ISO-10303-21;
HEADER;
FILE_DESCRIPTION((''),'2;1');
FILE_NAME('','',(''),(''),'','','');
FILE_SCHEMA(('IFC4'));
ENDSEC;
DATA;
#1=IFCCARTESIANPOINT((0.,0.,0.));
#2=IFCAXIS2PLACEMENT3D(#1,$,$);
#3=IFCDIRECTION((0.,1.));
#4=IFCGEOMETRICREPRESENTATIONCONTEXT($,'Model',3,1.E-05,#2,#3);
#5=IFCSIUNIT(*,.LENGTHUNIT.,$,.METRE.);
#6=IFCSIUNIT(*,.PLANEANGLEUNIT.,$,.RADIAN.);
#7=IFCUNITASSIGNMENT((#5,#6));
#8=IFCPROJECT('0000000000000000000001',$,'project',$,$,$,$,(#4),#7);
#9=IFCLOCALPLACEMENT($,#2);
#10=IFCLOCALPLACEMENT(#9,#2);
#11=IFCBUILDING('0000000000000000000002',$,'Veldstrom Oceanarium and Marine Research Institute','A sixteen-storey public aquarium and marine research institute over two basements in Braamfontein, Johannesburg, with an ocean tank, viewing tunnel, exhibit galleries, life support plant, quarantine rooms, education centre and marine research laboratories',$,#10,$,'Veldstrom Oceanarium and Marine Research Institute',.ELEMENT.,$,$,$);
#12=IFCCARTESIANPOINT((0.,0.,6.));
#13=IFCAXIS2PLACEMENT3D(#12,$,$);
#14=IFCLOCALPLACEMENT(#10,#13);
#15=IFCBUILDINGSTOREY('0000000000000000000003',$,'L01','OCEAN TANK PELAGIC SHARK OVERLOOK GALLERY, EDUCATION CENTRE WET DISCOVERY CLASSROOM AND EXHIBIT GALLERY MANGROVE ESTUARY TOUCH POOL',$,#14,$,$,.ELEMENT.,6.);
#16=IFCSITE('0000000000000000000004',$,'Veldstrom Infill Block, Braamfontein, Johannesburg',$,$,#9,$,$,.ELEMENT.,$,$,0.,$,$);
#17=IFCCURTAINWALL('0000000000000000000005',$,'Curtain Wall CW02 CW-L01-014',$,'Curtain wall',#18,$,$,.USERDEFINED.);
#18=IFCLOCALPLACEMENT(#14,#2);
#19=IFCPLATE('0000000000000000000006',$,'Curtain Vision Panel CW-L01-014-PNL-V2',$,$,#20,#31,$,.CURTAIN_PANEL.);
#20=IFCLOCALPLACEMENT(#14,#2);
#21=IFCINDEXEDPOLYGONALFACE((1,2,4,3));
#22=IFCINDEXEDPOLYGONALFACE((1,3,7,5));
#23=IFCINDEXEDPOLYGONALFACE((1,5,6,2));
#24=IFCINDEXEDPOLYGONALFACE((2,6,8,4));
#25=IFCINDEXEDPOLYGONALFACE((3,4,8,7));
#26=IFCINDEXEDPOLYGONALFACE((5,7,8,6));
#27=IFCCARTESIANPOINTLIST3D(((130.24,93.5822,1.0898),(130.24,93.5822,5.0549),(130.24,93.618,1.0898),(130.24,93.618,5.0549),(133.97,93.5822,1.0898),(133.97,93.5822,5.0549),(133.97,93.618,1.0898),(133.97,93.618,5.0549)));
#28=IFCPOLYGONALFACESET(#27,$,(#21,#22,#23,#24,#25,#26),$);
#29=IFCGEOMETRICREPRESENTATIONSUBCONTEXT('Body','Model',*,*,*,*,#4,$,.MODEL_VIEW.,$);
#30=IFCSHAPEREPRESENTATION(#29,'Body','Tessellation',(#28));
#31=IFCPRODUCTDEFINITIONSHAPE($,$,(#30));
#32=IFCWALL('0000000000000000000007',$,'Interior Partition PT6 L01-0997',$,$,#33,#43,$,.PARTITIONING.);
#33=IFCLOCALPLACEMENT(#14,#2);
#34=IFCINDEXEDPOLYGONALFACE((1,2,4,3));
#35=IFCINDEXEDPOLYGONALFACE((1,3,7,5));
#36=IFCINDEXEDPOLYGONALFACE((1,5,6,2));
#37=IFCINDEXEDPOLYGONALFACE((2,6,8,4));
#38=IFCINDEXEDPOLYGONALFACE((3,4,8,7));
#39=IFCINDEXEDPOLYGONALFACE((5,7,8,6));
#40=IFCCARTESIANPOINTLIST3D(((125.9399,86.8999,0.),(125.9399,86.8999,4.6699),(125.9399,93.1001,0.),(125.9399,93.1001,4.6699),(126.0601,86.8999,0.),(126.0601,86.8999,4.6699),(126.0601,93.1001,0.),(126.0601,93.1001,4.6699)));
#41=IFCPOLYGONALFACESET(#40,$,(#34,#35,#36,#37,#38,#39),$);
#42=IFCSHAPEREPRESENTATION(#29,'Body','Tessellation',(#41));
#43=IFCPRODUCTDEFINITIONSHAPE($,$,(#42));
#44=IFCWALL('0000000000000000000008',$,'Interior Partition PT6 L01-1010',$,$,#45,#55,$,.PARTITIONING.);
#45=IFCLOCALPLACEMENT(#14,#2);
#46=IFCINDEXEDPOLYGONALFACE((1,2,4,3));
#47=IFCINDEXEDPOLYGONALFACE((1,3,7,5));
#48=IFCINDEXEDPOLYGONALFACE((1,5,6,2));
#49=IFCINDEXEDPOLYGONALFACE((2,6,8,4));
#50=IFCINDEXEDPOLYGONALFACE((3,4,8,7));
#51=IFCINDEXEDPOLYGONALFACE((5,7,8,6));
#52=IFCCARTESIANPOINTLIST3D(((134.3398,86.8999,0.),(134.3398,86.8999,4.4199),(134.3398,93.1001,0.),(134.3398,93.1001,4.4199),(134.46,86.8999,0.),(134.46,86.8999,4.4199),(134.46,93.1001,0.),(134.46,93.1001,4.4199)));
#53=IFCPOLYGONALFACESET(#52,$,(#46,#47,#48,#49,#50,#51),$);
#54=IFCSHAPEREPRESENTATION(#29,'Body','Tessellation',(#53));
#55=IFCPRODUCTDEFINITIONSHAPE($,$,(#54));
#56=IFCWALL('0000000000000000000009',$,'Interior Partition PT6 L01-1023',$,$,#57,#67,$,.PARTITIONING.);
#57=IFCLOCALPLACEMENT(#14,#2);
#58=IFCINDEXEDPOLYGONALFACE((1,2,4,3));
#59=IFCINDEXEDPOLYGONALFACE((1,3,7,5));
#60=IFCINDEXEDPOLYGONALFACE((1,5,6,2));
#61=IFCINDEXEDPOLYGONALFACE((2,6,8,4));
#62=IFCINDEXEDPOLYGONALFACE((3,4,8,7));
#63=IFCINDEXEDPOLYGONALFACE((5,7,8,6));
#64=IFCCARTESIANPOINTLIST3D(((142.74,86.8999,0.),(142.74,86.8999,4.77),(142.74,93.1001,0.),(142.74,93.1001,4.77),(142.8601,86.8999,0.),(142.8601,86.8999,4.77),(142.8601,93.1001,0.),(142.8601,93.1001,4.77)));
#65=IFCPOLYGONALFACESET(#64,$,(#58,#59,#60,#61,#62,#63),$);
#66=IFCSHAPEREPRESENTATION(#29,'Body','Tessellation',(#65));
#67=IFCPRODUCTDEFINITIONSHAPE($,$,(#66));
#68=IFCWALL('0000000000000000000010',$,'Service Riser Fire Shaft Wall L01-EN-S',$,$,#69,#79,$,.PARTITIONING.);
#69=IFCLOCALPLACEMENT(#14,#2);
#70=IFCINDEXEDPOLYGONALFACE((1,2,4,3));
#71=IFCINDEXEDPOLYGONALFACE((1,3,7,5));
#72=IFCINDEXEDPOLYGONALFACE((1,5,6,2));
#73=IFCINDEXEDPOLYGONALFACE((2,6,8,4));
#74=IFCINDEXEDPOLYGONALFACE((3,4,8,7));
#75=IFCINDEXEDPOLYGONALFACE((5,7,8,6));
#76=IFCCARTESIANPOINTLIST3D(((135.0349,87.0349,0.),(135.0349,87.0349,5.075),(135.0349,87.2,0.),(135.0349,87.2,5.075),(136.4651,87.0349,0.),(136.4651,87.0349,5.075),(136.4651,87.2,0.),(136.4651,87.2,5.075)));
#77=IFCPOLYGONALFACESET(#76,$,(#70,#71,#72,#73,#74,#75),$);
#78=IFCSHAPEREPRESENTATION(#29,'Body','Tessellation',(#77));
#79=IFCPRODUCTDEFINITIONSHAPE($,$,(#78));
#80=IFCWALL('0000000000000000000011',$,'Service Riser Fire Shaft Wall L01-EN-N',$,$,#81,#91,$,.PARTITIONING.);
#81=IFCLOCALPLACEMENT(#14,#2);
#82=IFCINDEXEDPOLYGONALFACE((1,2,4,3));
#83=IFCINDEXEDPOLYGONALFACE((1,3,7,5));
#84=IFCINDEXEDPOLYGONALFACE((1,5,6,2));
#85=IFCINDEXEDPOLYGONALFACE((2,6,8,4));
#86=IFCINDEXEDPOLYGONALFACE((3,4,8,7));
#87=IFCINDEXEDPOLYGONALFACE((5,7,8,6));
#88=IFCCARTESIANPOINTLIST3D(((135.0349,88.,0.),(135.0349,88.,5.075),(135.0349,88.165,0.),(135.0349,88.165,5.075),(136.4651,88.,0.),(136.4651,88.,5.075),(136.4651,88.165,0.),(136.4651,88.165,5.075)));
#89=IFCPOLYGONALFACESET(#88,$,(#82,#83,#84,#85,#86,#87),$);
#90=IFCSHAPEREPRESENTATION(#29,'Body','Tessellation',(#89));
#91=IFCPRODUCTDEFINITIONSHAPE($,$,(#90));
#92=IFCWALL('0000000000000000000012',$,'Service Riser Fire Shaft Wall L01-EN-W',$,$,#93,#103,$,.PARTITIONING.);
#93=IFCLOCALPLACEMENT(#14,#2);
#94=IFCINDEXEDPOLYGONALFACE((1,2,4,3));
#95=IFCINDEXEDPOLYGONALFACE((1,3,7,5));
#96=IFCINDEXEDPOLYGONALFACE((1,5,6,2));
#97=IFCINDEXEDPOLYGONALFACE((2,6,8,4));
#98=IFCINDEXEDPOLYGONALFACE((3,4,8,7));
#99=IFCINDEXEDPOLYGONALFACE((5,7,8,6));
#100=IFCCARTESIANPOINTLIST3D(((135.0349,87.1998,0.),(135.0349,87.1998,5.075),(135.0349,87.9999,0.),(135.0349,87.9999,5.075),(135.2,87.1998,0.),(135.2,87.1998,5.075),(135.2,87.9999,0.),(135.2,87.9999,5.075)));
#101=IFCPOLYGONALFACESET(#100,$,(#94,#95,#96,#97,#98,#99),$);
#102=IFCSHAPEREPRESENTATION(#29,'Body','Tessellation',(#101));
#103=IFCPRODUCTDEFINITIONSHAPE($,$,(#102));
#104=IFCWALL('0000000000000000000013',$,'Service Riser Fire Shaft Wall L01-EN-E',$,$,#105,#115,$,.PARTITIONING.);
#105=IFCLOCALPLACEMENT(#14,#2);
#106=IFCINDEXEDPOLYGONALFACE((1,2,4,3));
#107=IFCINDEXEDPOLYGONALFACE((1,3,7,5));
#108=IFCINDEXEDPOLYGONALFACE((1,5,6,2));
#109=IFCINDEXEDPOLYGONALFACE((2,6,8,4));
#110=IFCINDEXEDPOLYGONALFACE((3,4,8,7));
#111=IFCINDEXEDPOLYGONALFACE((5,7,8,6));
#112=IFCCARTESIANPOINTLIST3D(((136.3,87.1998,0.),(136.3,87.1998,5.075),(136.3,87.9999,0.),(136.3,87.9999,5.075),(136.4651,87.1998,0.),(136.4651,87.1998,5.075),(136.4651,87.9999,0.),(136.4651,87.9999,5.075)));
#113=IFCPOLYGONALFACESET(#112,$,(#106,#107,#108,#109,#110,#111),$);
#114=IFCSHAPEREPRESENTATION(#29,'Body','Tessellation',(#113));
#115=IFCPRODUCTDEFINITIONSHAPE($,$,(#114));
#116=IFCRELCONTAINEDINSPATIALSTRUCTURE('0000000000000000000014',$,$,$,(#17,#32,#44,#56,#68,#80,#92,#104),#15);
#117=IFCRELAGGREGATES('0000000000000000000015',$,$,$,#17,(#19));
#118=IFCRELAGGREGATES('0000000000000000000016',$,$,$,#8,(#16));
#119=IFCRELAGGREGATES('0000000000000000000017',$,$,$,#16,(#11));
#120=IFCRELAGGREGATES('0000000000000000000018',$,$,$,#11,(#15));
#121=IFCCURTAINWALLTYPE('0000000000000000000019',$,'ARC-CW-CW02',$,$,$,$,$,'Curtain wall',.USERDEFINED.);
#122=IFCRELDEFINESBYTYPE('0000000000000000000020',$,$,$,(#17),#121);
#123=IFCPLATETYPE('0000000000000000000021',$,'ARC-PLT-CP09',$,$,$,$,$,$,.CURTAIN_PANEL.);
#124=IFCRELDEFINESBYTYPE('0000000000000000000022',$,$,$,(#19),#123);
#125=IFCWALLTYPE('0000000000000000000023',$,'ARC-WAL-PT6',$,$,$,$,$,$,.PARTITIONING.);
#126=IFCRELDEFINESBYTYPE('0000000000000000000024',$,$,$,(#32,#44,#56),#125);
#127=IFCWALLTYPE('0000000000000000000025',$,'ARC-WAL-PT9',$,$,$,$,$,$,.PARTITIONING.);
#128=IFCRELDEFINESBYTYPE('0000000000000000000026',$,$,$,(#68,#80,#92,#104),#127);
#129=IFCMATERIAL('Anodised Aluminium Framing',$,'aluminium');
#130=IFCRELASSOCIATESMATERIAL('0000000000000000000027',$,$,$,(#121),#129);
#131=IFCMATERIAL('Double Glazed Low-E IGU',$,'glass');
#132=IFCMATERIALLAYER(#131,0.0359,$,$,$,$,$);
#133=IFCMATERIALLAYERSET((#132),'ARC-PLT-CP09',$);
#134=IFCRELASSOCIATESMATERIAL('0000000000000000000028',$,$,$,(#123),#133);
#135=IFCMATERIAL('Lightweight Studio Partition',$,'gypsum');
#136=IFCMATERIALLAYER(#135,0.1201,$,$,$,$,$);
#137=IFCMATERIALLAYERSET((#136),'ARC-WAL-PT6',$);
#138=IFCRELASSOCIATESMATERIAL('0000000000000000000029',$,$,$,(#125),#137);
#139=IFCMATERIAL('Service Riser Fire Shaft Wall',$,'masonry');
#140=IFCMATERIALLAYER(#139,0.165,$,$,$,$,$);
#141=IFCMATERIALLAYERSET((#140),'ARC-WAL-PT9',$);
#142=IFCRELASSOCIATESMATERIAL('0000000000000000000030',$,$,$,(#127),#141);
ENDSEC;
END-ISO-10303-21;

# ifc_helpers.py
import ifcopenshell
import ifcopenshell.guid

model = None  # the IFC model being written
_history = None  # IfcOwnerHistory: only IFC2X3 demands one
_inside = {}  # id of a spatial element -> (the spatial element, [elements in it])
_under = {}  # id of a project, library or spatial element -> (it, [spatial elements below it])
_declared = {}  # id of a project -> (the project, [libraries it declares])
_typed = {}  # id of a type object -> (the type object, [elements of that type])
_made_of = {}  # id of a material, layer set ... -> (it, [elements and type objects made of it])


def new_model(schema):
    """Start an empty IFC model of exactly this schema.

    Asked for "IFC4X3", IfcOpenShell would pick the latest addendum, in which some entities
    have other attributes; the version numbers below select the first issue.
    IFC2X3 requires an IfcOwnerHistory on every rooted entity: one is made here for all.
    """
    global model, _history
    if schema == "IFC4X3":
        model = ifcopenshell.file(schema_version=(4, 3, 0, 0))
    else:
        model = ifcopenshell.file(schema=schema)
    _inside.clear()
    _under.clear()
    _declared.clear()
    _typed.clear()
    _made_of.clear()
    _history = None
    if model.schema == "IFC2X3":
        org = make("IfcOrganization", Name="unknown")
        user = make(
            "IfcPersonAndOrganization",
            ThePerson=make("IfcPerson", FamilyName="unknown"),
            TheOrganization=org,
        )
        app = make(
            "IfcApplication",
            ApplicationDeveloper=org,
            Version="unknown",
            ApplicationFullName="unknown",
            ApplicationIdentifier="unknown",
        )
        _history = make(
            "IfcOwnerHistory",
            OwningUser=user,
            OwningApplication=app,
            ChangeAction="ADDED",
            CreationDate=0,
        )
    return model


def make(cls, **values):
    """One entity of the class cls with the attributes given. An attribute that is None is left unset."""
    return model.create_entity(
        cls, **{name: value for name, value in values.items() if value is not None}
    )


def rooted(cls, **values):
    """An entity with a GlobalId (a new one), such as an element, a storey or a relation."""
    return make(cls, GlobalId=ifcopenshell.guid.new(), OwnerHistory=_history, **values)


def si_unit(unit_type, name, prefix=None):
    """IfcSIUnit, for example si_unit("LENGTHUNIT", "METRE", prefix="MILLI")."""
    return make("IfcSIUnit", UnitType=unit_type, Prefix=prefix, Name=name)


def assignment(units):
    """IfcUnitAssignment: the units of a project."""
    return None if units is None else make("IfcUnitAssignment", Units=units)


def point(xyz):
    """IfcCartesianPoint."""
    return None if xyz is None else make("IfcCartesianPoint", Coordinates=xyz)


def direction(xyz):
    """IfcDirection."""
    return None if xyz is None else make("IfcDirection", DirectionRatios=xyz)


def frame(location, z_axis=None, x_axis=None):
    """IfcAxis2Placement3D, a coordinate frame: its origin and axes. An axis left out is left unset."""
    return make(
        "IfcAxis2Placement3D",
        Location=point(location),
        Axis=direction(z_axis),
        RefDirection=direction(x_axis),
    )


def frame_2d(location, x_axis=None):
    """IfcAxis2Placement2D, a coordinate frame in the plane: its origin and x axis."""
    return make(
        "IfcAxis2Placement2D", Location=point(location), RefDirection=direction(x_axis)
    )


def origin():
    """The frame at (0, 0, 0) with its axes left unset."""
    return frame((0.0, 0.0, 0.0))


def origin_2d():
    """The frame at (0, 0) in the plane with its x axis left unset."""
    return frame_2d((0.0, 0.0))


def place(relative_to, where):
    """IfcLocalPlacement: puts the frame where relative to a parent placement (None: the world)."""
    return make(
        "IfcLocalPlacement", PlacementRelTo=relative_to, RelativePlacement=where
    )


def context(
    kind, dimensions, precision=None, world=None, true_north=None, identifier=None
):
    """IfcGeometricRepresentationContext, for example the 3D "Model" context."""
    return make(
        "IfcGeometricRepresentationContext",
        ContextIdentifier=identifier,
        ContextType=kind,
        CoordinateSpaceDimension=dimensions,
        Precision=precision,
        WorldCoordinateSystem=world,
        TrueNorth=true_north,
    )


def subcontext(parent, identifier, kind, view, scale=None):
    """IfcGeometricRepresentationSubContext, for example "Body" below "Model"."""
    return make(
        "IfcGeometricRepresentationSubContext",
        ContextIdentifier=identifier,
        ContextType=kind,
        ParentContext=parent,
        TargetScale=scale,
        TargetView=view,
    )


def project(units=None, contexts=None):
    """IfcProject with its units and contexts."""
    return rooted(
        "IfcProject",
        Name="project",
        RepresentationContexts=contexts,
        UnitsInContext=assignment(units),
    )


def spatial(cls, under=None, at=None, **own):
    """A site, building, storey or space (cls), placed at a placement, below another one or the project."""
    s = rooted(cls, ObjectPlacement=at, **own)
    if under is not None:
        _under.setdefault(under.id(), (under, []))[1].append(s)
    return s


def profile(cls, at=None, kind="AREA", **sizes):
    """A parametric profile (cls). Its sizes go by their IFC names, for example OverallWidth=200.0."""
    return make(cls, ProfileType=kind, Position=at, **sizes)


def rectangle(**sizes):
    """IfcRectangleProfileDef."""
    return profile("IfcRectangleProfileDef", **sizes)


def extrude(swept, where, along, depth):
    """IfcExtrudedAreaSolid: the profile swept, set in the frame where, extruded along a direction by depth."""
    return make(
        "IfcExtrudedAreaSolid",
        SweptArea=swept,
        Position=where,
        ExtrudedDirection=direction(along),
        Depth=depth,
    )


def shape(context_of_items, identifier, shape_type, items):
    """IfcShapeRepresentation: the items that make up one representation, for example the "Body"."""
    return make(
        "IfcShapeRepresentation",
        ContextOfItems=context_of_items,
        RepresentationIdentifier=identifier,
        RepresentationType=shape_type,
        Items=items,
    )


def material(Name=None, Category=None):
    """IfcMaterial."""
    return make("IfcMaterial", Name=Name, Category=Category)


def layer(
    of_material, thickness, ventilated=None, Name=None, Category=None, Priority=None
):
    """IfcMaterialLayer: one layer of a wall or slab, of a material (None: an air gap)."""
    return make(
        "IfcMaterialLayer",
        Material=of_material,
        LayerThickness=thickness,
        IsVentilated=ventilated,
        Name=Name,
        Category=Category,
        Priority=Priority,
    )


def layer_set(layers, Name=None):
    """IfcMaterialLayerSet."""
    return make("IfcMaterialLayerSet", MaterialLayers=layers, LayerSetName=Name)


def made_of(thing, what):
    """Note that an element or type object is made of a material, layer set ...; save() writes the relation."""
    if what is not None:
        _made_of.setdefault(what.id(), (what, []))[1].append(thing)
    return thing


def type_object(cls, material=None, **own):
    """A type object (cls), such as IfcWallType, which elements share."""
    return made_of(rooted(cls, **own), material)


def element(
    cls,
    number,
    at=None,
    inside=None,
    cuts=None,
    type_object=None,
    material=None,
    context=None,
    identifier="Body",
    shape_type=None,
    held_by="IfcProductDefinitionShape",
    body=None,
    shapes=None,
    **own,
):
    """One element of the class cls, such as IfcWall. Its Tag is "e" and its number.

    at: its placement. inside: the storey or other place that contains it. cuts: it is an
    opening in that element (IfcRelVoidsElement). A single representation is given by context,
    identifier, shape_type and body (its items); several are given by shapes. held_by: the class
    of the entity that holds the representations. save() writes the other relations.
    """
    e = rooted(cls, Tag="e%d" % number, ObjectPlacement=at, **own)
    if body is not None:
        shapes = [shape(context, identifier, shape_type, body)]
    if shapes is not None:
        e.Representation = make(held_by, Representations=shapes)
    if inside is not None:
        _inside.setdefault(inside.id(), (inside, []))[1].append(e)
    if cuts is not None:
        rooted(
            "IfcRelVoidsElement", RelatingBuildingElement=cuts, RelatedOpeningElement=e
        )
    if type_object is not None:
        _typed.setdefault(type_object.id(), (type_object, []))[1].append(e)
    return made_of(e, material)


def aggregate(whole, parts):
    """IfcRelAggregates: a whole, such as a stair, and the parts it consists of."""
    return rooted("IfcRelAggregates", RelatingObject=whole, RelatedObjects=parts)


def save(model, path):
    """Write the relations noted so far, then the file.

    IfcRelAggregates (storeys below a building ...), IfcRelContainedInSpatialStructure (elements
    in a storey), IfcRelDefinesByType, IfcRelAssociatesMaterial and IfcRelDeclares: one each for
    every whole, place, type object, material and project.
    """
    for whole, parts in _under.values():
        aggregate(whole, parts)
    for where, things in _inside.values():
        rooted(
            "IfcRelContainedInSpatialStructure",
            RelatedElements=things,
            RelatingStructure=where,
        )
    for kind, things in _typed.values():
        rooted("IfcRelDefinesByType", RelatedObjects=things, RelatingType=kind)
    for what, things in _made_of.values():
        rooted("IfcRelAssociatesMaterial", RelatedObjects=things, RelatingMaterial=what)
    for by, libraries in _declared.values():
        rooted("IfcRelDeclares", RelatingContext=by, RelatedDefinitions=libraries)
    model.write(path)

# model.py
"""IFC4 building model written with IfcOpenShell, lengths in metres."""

from ifc_helpers import new_model, si_unit, direction, frame, frame_2d, origin, origin_2d, place, context, subcontext, project, spatial, rectangle, extrude, material, layer, layer_set, type_object, element, aggregate, save


model = new_model("IFC4")

# Units and contexts
model_context = context("Model", 3, precision=1e-05, world=origin(), true_north=direction((0.0, 1.0)))
body_context = subcontext(model_context, "Body", "Model", "MODEL_VIEW")
ifc_project = project(units=[si_unit("LENGTHUNIT", "METRE"), si_unit("PLANEANGLEUNIT", "RADIAN")], contexts=[model_context])

# Site, building, storey
site_placement = place(None, origin())
site = spatial("IfcSite", under=ifc_project, at=site_placement, Name="Veldstrom Infill Block, Braamfontein, Johannesburg", CompositionType="ELEMENT", RefElevation=0.0)
building_placement = place(site_placement, origin())
building = spatial("IfcBuilding", under=site, at=building_placement, Name="Veldstrom Oceanarium and Marine Research Institute", Description="A sixteen-storey public aquarium and marine research institute over two basements in Braamfontein, Johannesburg, with an ocean tank, viewing tunnel, exhibit galleries, life support plant, quarantine rooms, education centre and marine research laboratories", LongName="Veldstrom Oceanarium and Marine Research Institute", CompositionType="ELEMENT")
storey_placement = place(building_placement, frame((0.0, 0.0, 6.0)))
storey = spatial("IfcBuildingStorey", under=building, at=storey_placement, Name="L01", Description="OCEAN TANK PELAGIC SHARK OVERLOOK GALLERY, EDUCATION CENTRE WET DISCOVERY CLASSROOM AND EXHIBIT GALLERY MANGROVE ESTUARY TOUCH POOL", CompositionType="ELEMENT", Elevation=6.0)

# Curtain wall
ifc_material_1 = material(Name="Anodised Aluminium Framing", Category="aluminium")
curtain_wall_type = type_object("IfcCurtainWallType", Name="ARC-CW-CW02", ElementType="Curtain wall", PredefinedType="USERDEFINED", material=ifc_material_1)
curtain_wall_placement = place(storey_placement, origin())
curtain_wall = element("IfcCurtainWall", 1, at=curtain_wall_placement, inside=storey, type_object=curtain_wall_type, Name="Curtain Wall CW02 CW-L01-014", ObjectType="Curtain wall", PredefinedType="USERDEFINED")

# Plate
ifc_material_2 = material(Name="Double Glazed Low-E IGU", Category="glass")
ifc_layer_1 = layer(ifc_material_2, 0.0359)
ifc_layer_set_1 = layer_set([ifc_layer_1], Name="ARC-PLT-CP09")
plate_type_1 = type_object("IfcPlateType", Name="ARC-PLT-CP09", PredefinedType="CURTAIN_PANEL", material=ifc_layer_set_1)
plate_1_placement = place(storey_placement, frame((132.105, 93.6001, 1.0898), z_axis=(0.0, 0.0, 1.0), x_axis=(1.0, 0.0, 0.0)))
plate_1 = element("IfcPlate", 2, at=plate_1_placement, type_object=plate_type_1, Name="Curtain Vision Panel CW-L01-014-PNL-V2", PredefinedType="CURTAIN_PANEL", context=body_context, shape_type="SweptSolid", body=[
    extrude(rectangle(XDim=3.73, YDim=0.0359, at=origin_2d()), origin(), (0.0, 0.0, 1.0), 3.9651),
])
aggregate(curtain_wall, [plate_1])

# Walls
ifc_material_3 = material(Name="Lightweight Studio Partition", Category="gypsum")
ifc_layer_2 = layer(ifc_material_3, 0.1201)
ifc_layer_set_2 = layer_set([ifc_layer_2], Name="ARC-WAL-PT6")
wall_type_1 = type_object("IfcWallType", Name="ARC-WAL-PT6", PredefinedType="PARTITIONING", material=ifc_layer_set_2)
wall_1_placement = place(storey_placement, frame((126.0, 86.8999, 0.0), z_axis=(0.0, 0.0, 1.0), x_axis=(0.0, 1.0, 0.0)))
element("IfcWall", 3, at=wall_1_placement, inside=storey, type_object=wall_type_1, Name="Interior Partition PT6 L01-0997", PredefinedType="PARTITIONING", context=body_context, shape_type="SweptSolid", body=[
    extrude(rectangle(XDim=6.2002, YDim=0.1201, at=frame_2d((3.1001, 0.0))), origin(), (0.0, 0.0, 1.0), 4.6699),
])
wall_2_placement = place(storey_placement, frame((134.3999, 86.8999, 0.0), z_axis=(0.0, 0.0, 1.0), x_axis=(0.0, 1.0, 0.0)))
element("IfcWall", 4, at=wall_2_placement, inside=storey, type_object=wall_type_1, Name="Interior Partition PT6 L01-1010", PredefinedType="PARTITIONING", context=body_context, shape_type="SweptSolid", body=[
    extrude(rectangle(XDim=6.2002, YDim=0.1201, at=frame_2d((3.1001, 0.0))), origin(), (0.0, 0.0, 1.0), 4.4199),
])
wall_3_placement = place(storey_placement, frame((142.8, 86.8999, 0.0), z_axis=(0.0, 0.0, 1.0), x_axis=(0.0, 1.0, 0.0)))
element("IfcWall", 5, at=wall_3_placement, inside=storey, type_object=wall_type_1, Name="Interior Partition PT6 L01-1023", PredefinedType="PARTITIONING", context=body_context, shape_type="SweptSolid", body=[
    extrude(rectangle(XDim=6.2002, YDim=0.1201, at=frame_2d((3.1001, 0.0))), origin(), (0.0, 0.0, 1.0), 4.77),
])
ifc_material_4 = material(Name="Service Riser Fire Shaft Wall", Category="masonry")
ifc_layer_3 = layer(ifc_material_4, 0.165)
ifc_layer_set_3 = layer_set([ifc_layer_3], Name="ARC-WAL-PT9")
wall_type_2 = type_object("IfcWallType", Name="ARC-WAL-PT9", PredefinedType="PARTITIONING", material=ifc_layer_set_3)
for number, where, z_axis, x_axis, name in (
    (6, (135.0349, 87.1174, 0.0), (0.0, 0.0, 1.0), (1.0, 0.0, 0.0), "Service Riser Fire Shaft Wall L01-EN-S"),
    (7, (135.0349, 88.0825, 0.0), (0.0, 0.0, 1.0), (1.0, 0.0, 0.0), "Service Riser Fire Shaft Wall L01-EN-N"),
):
    element("IfcWall", number, at=place(storey_placement, frame(where, z_axis=z_axis, x_axis=x_axis)), inside=storey, type_object=wall_type_2, Name=name, PredefinedType="PARTITIONING", context=body_context, shape_type="SweptSolid", body=[
        extrude(rectangle(XDim=1.4302, YDim=0.165, at=frame_2d((0.7151, 0.0))), origin(), (0.0, 0.0, 1.0), 5.075),
    ])
for number, where, z_axis, x_axis, name in (
    (8, (135.1174, 87.2, 0.0), (0.0, 0.0, 1.0), (0.0, 1.0, 0.0), "Service Riser Fire Shaft Wall L01-EN-W"),
    (9, (136.3826, 87.2, 0.0), (0.0, 0.0, 1.0), (0.0, 1.0, 0.0), "Service Riser Fire Shaft Wall L01-EN-E"),
):
    element("IfcWall", number, at=place(storey_placement, frame(where, z_axis=z_axis, x_axis=x_axis)), inside=storey, type_object=wall_type_2, Name=name, PredefinedType="PARTITIONING", context=body_context, shape_type="SweptSolid", body=[
        extrude(rectangle(XDim=0.8, YDim=0.165, at=frame_2d((0.3999, 0.0))), origin(), (0.0, 0.0, 1.0), 5.075),
    ])

save(model, "model.ifc")
